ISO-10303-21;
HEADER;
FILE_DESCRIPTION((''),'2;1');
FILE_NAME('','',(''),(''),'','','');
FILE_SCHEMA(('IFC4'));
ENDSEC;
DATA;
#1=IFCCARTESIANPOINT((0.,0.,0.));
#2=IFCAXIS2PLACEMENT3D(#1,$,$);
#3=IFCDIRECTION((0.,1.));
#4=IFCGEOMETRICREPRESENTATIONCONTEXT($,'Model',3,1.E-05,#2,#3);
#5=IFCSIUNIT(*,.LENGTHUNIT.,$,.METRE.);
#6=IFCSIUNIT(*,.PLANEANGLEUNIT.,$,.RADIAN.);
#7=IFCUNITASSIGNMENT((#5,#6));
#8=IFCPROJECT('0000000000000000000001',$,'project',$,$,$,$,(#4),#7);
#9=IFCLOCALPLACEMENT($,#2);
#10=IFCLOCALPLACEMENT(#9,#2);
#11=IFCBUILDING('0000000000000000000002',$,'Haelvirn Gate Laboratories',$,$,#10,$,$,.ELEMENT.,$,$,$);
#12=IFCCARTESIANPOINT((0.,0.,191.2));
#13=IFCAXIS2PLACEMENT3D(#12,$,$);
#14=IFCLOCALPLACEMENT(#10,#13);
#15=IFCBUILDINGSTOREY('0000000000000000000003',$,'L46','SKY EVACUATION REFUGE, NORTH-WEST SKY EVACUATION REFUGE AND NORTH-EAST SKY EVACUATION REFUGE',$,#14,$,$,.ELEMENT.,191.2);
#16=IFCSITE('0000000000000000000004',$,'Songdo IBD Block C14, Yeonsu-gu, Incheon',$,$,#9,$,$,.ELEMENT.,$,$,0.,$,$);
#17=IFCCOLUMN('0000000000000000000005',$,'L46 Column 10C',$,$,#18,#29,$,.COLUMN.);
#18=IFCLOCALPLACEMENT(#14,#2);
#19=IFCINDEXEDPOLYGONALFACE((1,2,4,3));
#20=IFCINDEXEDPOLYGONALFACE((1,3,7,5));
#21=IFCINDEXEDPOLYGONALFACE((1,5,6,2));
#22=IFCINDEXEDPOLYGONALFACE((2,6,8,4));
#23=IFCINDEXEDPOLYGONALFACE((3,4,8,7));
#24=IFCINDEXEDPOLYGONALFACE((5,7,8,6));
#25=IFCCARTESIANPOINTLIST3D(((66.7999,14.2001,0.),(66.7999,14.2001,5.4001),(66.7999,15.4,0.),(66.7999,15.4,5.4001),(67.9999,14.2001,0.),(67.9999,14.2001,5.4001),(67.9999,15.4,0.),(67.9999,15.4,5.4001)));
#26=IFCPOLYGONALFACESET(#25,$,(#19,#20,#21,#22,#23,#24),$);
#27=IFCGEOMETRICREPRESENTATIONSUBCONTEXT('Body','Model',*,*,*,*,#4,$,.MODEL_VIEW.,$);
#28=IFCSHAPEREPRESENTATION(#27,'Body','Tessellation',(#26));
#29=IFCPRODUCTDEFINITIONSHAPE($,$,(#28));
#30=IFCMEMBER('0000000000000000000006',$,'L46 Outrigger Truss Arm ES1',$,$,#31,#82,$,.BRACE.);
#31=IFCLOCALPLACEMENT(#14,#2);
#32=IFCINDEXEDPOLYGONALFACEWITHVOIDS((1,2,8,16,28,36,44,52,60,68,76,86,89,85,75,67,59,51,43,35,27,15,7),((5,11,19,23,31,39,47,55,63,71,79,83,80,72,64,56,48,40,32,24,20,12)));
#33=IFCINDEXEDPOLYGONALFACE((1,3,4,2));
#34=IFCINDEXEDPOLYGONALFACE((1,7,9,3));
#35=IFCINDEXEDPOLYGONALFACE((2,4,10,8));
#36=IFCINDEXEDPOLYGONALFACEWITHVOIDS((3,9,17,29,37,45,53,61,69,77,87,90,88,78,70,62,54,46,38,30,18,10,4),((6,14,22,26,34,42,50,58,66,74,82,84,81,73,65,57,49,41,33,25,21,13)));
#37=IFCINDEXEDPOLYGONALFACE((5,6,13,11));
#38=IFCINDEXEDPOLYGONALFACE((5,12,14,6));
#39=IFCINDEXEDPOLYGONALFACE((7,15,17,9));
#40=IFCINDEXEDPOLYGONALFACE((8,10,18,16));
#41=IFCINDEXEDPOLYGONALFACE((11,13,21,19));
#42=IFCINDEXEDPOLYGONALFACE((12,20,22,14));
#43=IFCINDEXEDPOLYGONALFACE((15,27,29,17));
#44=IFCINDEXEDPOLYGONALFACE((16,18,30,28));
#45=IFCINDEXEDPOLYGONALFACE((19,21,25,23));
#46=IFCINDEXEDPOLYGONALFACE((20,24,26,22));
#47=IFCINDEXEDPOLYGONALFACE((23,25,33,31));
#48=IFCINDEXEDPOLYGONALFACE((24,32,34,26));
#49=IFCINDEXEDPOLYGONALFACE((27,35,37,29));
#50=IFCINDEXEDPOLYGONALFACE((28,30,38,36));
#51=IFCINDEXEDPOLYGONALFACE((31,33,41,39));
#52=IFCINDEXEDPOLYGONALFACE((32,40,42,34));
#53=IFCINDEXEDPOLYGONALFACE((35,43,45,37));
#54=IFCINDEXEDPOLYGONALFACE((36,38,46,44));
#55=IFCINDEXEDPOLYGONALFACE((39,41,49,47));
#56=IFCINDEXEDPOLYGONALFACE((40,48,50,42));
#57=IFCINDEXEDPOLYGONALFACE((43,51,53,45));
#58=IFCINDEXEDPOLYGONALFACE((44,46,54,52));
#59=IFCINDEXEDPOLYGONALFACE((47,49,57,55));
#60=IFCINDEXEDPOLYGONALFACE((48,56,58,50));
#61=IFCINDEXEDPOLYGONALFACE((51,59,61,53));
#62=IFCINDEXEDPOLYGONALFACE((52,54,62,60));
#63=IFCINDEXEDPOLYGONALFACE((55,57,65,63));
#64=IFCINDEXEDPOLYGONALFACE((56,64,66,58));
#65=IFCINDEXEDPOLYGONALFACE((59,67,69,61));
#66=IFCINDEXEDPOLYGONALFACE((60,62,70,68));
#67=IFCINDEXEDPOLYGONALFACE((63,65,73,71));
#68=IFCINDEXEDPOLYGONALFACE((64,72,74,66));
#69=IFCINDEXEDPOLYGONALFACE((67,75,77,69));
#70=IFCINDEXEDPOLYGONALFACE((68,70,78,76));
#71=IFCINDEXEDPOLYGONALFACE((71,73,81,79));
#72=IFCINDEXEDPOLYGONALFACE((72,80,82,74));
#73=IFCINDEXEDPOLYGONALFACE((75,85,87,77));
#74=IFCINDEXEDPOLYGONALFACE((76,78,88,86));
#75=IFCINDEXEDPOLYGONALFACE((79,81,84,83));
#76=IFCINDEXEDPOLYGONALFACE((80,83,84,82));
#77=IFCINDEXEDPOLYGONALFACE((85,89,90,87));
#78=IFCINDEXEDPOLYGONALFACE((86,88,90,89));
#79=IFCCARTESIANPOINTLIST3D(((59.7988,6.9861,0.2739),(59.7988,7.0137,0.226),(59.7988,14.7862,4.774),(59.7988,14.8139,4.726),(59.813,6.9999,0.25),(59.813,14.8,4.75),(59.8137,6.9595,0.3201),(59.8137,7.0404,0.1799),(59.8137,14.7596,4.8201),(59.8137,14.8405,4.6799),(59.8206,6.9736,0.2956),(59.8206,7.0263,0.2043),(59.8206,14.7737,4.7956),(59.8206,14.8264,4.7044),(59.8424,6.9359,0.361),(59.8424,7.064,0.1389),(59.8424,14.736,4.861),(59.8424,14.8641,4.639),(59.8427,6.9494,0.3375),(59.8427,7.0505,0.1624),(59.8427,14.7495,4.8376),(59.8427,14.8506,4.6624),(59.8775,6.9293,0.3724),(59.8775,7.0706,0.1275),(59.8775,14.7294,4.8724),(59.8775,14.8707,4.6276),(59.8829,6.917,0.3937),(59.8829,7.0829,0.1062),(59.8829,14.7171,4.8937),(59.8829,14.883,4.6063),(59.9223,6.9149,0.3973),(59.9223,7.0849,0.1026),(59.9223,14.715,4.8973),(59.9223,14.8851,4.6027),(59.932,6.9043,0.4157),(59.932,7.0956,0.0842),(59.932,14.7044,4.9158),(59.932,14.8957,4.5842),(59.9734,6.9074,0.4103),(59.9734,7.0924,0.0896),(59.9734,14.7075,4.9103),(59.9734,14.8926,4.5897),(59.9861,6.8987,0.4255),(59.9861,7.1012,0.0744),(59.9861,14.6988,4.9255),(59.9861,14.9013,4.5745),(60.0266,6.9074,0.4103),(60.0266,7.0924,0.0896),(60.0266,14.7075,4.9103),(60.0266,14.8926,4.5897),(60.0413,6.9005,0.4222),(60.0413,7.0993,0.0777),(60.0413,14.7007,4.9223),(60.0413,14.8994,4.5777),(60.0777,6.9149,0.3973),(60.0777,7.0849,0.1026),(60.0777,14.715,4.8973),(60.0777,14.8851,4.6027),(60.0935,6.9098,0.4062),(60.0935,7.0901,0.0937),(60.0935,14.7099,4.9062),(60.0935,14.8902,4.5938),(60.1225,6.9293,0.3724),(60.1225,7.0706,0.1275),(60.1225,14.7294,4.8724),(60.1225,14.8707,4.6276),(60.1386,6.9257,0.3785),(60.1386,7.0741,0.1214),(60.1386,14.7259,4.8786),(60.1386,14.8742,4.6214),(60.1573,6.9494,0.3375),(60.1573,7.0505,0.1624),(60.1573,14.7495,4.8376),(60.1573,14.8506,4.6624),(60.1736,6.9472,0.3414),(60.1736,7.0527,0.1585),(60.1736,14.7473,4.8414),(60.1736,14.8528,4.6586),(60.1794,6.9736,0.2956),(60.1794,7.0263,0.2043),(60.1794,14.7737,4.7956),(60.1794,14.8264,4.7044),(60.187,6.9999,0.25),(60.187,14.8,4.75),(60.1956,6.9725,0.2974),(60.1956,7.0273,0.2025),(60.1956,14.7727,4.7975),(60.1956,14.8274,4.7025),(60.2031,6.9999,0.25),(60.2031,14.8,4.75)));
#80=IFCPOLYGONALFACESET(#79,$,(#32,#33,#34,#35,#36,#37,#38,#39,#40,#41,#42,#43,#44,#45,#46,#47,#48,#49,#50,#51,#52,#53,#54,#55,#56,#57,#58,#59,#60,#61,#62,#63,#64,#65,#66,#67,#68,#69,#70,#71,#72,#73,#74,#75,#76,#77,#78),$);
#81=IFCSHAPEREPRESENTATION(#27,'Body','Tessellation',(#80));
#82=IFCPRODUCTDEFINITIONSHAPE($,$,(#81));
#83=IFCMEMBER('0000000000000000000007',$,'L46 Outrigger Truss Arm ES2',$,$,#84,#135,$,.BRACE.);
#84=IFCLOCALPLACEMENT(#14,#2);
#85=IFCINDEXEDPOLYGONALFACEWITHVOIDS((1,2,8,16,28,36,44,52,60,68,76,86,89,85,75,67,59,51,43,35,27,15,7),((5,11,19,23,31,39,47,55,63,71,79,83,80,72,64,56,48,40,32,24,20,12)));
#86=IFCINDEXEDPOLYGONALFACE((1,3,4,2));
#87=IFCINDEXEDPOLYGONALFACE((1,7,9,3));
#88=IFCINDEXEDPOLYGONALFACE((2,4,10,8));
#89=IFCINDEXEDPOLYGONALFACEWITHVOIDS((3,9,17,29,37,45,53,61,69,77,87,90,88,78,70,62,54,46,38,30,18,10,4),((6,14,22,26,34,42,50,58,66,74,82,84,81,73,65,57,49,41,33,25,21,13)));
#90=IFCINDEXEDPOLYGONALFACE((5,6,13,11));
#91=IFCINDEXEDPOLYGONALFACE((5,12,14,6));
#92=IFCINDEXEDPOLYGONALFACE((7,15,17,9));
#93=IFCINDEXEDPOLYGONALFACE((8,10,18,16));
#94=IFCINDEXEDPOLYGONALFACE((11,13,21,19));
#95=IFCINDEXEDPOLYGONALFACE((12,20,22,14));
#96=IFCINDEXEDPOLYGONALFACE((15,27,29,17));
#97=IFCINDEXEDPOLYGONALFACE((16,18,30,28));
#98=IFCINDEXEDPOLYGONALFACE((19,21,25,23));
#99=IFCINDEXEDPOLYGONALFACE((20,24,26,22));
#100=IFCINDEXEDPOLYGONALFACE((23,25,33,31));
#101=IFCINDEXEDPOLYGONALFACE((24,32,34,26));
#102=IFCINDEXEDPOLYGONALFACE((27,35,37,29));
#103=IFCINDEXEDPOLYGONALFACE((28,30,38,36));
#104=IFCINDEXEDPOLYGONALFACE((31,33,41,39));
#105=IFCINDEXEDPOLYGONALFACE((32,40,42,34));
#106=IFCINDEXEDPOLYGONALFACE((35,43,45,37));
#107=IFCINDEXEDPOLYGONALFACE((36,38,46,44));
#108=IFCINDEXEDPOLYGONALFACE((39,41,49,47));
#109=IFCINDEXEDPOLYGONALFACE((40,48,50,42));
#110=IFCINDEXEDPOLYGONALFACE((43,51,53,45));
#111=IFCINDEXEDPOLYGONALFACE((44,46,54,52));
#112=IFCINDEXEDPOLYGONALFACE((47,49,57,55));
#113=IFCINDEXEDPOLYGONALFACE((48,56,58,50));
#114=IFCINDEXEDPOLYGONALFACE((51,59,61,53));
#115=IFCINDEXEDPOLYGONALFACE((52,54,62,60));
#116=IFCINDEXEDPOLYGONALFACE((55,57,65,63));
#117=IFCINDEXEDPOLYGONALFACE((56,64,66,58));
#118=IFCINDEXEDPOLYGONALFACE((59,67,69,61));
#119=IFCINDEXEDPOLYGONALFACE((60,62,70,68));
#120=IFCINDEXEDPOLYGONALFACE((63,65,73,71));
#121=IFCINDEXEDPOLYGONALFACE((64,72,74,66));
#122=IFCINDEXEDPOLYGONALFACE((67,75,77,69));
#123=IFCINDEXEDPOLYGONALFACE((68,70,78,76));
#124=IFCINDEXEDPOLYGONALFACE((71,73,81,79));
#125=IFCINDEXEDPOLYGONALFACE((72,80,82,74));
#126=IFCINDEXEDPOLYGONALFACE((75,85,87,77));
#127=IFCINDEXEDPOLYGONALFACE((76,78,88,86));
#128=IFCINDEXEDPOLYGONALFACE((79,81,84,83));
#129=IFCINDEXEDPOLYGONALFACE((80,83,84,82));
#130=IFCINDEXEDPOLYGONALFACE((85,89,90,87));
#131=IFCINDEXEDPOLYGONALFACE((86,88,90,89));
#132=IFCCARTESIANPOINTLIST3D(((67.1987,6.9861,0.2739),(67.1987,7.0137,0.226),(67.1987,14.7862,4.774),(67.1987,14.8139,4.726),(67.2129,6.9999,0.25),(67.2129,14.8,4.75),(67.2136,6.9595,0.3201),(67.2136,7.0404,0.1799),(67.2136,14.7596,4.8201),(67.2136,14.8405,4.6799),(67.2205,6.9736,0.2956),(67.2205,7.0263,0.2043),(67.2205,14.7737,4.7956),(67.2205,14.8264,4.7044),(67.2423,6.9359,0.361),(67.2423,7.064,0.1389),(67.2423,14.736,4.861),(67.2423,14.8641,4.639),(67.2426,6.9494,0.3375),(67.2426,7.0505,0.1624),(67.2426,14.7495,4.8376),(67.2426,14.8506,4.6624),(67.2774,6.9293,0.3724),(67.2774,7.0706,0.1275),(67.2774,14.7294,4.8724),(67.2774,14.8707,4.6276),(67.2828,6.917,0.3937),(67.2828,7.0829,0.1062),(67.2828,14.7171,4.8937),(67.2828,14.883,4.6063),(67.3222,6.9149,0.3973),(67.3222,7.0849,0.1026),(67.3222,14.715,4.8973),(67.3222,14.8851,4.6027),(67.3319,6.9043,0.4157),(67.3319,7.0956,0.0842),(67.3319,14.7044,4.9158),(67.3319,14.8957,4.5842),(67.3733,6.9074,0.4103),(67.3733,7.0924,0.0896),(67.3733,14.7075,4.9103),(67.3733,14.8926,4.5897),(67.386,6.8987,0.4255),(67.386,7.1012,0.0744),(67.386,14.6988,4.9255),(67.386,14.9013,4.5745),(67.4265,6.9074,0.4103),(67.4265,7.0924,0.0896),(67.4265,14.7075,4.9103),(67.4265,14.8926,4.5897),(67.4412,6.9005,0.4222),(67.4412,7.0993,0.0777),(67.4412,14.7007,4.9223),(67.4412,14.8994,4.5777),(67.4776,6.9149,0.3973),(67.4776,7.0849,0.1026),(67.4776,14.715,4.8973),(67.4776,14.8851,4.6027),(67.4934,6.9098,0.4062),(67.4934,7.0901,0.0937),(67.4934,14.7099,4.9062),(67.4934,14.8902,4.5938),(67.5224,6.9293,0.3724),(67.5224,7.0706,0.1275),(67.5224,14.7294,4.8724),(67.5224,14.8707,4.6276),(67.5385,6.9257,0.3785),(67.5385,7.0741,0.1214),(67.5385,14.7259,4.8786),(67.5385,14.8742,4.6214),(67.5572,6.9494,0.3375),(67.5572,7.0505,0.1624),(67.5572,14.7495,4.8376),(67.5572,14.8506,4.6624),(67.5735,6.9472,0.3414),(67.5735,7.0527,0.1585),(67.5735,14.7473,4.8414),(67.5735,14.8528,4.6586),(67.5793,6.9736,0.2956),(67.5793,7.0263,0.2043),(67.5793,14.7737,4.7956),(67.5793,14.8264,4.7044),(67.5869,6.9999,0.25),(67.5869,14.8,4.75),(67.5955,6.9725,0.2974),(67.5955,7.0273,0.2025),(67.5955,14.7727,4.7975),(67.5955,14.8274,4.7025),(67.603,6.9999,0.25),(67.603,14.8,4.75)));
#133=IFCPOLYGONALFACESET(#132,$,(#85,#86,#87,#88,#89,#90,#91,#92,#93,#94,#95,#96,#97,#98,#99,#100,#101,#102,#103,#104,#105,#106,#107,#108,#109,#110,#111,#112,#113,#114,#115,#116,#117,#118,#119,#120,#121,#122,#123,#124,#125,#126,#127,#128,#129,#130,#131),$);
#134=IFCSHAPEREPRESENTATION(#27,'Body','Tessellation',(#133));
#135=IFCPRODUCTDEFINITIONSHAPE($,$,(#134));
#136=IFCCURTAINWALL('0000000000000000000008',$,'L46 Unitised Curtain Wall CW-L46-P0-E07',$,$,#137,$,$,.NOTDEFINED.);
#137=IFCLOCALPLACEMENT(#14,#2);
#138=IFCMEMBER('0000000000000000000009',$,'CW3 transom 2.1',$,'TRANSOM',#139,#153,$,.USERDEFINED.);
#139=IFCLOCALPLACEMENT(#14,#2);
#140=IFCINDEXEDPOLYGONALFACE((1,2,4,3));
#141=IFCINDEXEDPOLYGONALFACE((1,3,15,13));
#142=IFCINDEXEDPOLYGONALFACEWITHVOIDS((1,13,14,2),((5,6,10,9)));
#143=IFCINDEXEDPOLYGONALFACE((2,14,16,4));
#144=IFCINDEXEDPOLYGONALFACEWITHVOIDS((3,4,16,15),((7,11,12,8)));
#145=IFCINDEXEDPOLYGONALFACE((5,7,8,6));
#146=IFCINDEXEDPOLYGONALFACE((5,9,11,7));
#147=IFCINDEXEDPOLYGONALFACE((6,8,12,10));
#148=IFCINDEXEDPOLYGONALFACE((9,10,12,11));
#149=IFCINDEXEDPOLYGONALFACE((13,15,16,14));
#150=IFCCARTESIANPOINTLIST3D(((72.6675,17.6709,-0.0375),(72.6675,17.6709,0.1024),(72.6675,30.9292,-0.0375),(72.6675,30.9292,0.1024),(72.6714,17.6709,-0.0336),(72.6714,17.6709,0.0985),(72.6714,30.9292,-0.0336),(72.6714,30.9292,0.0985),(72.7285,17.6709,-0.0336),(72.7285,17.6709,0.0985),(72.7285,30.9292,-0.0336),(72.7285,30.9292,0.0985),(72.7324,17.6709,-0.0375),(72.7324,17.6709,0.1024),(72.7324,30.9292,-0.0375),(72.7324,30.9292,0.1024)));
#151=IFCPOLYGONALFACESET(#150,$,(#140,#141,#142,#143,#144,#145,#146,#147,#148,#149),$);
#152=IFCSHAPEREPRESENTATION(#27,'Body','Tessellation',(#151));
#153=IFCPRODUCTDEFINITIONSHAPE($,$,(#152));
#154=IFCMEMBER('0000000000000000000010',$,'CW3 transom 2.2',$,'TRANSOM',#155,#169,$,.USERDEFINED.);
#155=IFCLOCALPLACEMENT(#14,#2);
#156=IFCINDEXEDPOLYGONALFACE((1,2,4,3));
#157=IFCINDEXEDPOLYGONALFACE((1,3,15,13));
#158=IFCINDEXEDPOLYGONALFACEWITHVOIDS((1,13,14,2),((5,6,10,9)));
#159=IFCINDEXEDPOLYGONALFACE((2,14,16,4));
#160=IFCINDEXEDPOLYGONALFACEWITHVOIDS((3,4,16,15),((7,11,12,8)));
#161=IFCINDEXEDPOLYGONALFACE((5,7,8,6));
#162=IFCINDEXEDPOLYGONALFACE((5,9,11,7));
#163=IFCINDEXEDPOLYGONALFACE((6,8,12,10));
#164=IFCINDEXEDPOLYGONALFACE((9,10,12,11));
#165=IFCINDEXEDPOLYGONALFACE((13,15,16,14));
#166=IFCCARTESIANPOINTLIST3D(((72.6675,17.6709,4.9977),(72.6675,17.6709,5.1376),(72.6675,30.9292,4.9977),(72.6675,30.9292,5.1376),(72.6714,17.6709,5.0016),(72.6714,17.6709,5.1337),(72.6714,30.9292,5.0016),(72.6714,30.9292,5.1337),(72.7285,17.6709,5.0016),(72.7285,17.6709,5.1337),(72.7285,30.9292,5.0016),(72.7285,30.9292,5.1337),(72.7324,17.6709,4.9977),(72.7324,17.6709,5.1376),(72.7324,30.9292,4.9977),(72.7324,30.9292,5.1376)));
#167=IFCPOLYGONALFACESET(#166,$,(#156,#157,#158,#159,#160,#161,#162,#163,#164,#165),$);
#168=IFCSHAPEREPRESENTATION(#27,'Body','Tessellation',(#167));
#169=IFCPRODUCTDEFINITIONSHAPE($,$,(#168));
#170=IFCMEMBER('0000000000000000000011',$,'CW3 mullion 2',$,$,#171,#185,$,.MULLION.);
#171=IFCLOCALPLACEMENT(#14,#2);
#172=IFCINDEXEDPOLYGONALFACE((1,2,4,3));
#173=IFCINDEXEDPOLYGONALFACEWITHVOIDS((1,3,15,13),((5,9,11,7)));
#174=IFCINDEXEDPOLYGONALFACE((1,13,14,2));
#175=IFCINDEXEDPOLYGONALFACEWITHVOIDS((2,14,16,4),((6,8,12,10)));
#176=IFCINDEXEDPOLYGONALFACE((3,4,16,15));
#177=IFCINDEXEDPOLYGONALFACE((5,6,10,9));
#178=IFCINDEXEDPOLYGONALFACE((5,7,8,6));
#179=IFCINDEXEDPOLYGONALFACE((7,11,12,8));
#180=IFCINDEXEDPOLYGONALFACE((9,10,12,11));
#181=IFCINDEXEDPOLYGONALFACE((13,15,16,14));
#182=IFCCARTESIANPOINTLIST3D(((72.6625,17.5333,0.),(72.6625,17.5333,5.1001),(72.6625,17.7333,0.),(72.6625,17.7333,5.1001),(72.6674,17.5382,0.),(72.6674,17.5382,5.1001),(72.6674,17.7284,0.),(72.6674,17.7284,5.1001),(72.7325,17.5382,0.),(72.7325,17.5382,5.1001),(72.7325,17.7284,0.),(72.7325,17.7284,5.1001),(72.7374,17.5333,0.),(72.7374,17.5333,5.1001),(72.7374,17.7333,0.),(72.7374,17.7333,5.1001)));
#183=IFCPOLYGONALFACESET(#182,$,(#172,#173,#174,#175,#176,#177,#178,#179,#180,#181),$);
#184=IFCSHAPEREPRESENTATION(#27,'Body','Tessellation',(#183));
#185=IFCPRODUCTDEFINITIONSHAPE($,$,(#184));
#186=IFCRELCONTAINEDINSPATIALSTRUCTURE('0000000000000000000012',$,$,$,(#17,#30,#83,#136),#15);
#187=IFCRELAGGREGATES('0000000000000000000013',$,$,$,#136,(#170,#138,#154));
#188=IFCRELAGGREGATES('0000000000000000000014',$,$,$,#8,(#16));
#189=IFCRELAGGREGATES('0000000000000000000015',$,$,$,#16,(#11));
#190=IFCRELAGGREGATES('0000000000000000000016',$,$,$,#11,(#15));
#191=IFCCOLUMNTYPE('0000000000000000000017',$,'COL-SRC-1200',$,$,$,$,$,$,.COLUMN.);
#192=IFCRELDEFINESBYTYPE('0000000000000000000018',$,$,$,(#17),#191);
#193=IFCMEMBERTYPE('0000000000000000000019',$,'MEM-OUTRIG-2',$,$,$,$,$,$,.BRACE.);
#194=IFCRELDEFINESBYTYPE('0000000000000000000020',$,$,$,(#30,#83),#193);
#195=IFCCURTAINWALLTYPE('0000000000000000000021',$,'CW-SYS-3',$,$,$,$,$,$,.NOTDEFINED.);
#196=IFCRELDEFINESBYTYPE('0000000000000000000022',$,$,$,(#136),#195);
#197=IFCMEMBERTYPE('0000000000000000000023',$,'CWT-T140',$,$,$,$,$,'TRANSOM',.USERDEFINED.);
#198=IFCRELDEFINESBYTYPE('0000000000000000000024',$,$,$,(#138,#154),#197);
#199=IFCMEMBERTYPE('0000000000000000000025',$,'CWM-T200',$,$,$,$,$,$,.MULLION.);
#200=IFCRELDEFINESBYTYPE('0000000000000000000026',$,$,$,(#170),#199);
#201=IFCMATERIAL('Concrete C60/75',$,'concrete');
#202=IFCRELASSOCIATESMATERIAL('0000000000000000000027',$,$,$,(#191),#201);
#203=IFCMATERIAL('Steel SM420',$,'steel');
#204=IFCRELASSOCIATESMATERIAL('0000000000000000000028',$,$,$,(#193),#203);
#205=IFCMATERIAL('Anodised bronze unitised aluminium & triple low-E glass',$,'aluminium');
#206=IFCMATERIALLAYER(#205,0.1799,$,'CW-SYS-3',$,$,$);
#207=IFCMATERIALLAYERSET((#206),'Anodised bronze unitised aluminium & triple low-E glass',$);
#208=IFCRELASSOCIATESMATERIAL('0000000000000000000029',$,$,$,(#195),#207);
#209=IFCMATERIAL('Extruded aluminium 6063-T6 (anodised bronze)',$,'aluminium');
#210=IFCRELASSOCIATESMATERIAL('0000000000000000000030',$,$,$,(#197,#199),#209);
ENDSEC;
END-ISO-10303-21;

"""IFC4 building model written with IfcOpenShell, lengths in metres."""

from ifc_helpers import new_model, si_unit, direction, frame, origin, origin_2d, place, context, subcontext, project, spatial, rectangle, hollow_rectangle, hollow_circle, extrude, source, transform, mapped, material, layer, layer_set, material_profile, profile_set, type_object, type_shapes, element, aggregate, save


model = new_model("IFC4")

# Units and contexts
model_context = context("Model", 3, precision=1e-05, world=origin(), true_north=direction((0.0, 1.0)))
body_context = subcontext(model_context, "Body", "Model", "MODEL_VIEW")
ifc_project = project(units=[si_unit("LENGTHUNIT", "METRE"), si_unit("PLANEANGLEUNIT", "RADIAN")], contexts=[model_context])

# Site, building, storey
site_placement = place(None, origin())
site = spatial("IfcSite", under=ifc_project, at=site_placement, Name="Songdo IBD Block C14, Yeonsu-gu, Incheon", CompositionType="ELEMENT", RefElevation=0.0)
building_placement = place(site_placement, origin())
building = spatial("IfcBuilding", under=site, at=building_placement, Name="Haelvirn Gate Laboratories", CompositionType="ELEMENT")
storey_placement = place(building_placement, frame((0.0, 0.0, 191.2)))
storey = spatial("IfcBuildingStorey", under=building, at=storey_placement, Name="L46", Description="SKY EVACUATION REFUGE, NORTH-WEST SKY EVACUATION REFUGE AND NORTH-EAST SKY EVACUATION REFUGE", CompositionType="ELEMENT", Elevation=191.2)

# Column
ifc_material_1 = material(Name="Concrete C60/75", Category="concrete")
ifc_material_profile_1 = material_profile(ifc_material_1, rectangle(XDim=1.2, YDim=1.2, at=origin_2d()), Name="SRC-1200x1200")
ifc_profile_set_1 = profile_set([ifc_material_profile_1], Name="Concrete C60/75")
column_type = type_object("IfcColumnType", Name="COL-SRC-1200", PredefinedType="COLUMN", material=ifc_profile_set_1)
shared_shape_1 = source(origin(), body_context, "Body", "SweptSolid", [
    extrude(rectangle(XDim=1.2, YDim=1.2, at=origin_2d()), origin(), (0.0, 0.0, 1.0), 5.4001),
])
type_shapes(column_type, [shared_shape_1])
column_placement = place(storey_placement, frame((67.3999, 14.8, 0.0), z_axis=(0.0, 0.0, 1.0), x_axis=(1.0, 0.0, 0.0)))
element("IfcColumn", 1, at=column_placement, inside=storey, type_object=column_type, Name="L46 Column 10C", PredefinedType="COLUMN", context=body_context, shape_type="MappedRepresentation", body=[
    mapped(shared_shape_1, transform((0.0, 0.0, 0.0), scale=1.0)),
])

# Members
ifc_material_2 = material(Name="Steel SM420", Category="steel")
ifc_material_profile_2 = material_profile(ifc_material_2, hollow_circle(Radius=0.2031, WallThickness=0.0161, at=origin_2d()), Name="CHS-406x16")
ifc_profile_set_2 = profile_set([ifc_material_profile_2], Name="Steel SM420")
member_type_1 = type_object("IfcMemberType", Name="MEM-OUTRIG-2", PredefinedType="BRACE", material=ifc_profile_set_2)
shared_shape_2 = source(origin(), body_context, "Body", "SweptSolid", [
    extrude(hollow_circle(Radius=0.2031, WallThickness=0.0161, at=origin_2d()), origin(), (0.0, 0.0, 1.0), 9.0051),
])
type_shapes(member_type_1, [shared_shape_2])
for number, where, z_axis, x_axis, name in (
    (2, (60.0, 14.8, 4.75), (0.0, -0.866187, -0.49972), (1.0, 0.0, 0.0), "L46 Outrigger Truss Arm ES1"),
    (3, (67.3999, 14.8, 4.75), (0.0, -0.866187, -0.49972), (1.0, 0.0, 0.0), "L46 Outrigger Truss Arm ES2"),
):
    element("IfcMember", number, at=place(storey_placement, frame(where, z_axis=z_axis, x_axis=x_axis)), inside=storey, type_object=member_type_1, Name=name, PredefinedType="BRACE", context=body_context, shape_type="MappedRepresentation", body=[
        mapped(shared_shape_2, transform((0.0, 0.0, 0.0), scale=1.0)),
    ])

# Curtain wall, members
ifc_material_3 = material(Name="Anodised bronze unitised aluminium & triple low-E glass", Category="aluminium")
ifc_layer_1 = layer(ifc_material_3, 0.1799, Name="CW-SYS-3")
ifc_layer_set_1 = layer_set([ifc_layer_1], Name="Anodised bronze unitised aluminium & triple low-E glass")
curtain_wall_type = type_object("IfcCurtainWallType", Name="CW-SYS-3", PredefinedType="NOTDEFINED", material=ifc_layer_set_1)
curtain_wall_placement = place(storey_placement, origin())
curtain_wall = element("IfcCurtainWall", 4, at=curtain_wall_placement, inside=storey, type_object=curtain_wall_type, Name="L46 Unitised Curtain Wall CW-L46-P0-E07", PredefinedType="NOTDEFINED")
ifc_material_4 = material(Name="Extruded aluminium 6063-T6 (anodised bronze)", Category="aluminium")
ifc_material_profile_3 = material_profile(ifc_material_4, hollow_rectangle(XDim=0.0649, YDim=0.1399, WallThickness=0.0039, at=origin_2d()), Name="CWT-140x65x4")
ifc_profile_set_3 = profile_set([ifc_material_profile_3], Name="Extruded aluminium 6063-T6 (anodised bronze)")
member_type_2 = type_object("IfcMemberType", Name="CWT-T140", ElementType="TRANSOM", PredefinedType="USERDEFINED", material=ifc_profile_set_3)
shared_shape_3 = source(origin(), body_context, "Body", "SweptSolid", [
    extrude(hollow_rectangle(XDim=0.0649, YDim=0.1399, WallThickness=0.0039, at=origin_2d()), origin(), (0.0, 0.0, 1.0), 13.2583),
])
type_shapes(member_type_2, [shared_shape_3])
member_1_placement = place(storey_placement, frame((72.7, 17.6709, 0.0325), z_axis=(0.0, 1.0, 0.0), x_axis=(-1.0, 0.0, 0.0)))
member_1 = element("IfcMember", 5, at=member_1_placement, type_object=member_type_2, Name="CW3 transom 2.1", ObjectType="TRANSOM", PredefinedType="USERDEFINED", context=body_context, shape_type="MappedRepresentation", body=[
    mapped(shared_shape_3, transform((0.0, 0.0, 0.0), scale=1.0)),
])
member_2_placement = place(storey_placement, frame((72.7, 17.6709, 5.0676), z_axis=(0.0, 1.0, 0.0), x_axis=(-1.0, 0.0, 0.0)))
member_2 = element("IfcMember", 6, at=member_2_placement, type_object=member_type_2, Name="CW3 transom 2.2", ObjectType="TRANSOM", PredefinedType="USERDEFINED", context=body_context, shape_type="MappedRepresentation", body=[
    mapped(shared_shape_3, transform((0.0, 0.0, 0.0), scale=1.0)),
])
ifc_material_profile_4 = material_profile(ifc_material_4, hollow_rectangle(XDim=0.075, YDim=0.2, WallThickness=0.0049, at=origin_2d()), Name="CWM-200x75x5")
ifc_profile_set_4 = profile_set([ifc_material_profile_4], Name="Extruded aluminium 6063-T6 (anodised bronze)")
member_type_3 = type_object("IfcMemberType", Name="CWM-T200", PredefinedType="MULLION", material=ifc_profile_set_4)
shared_shape_4 = source(origin(), body_context, "Body", "SweptSolid", [
    extrude(hollow_rectangle(XDim=0.075, YDim=0.2, WallThickness=0.0049, at=origin_2d()), origin(), (0.0, 0.0, 1.0), 5.1001),
])
type_shapes(member_type_3, [shared_shape_4])
member_3_placement = place(storey_placement, frame((72.7, 17.6333, 0.0), z_axis=(0.0, 0.0, 1.0), x_axis=(-1.0, 0.0, 0.0)))
member_3 = element("IfcMember", 7, at=member_3_placement, type_object=member_type_3, Name="CW3 mullion 2", PredefinedType="MULLION", context=body_context, shape_type="MappedRepresentation", body=[
    mapped(shared_shape_4, transform((0.0, 0.0, 0.0), scale=1.0)),
])

aggregate(curtain_wall, [member_3, member_1, member_2])

save(model, "model.ifc")
